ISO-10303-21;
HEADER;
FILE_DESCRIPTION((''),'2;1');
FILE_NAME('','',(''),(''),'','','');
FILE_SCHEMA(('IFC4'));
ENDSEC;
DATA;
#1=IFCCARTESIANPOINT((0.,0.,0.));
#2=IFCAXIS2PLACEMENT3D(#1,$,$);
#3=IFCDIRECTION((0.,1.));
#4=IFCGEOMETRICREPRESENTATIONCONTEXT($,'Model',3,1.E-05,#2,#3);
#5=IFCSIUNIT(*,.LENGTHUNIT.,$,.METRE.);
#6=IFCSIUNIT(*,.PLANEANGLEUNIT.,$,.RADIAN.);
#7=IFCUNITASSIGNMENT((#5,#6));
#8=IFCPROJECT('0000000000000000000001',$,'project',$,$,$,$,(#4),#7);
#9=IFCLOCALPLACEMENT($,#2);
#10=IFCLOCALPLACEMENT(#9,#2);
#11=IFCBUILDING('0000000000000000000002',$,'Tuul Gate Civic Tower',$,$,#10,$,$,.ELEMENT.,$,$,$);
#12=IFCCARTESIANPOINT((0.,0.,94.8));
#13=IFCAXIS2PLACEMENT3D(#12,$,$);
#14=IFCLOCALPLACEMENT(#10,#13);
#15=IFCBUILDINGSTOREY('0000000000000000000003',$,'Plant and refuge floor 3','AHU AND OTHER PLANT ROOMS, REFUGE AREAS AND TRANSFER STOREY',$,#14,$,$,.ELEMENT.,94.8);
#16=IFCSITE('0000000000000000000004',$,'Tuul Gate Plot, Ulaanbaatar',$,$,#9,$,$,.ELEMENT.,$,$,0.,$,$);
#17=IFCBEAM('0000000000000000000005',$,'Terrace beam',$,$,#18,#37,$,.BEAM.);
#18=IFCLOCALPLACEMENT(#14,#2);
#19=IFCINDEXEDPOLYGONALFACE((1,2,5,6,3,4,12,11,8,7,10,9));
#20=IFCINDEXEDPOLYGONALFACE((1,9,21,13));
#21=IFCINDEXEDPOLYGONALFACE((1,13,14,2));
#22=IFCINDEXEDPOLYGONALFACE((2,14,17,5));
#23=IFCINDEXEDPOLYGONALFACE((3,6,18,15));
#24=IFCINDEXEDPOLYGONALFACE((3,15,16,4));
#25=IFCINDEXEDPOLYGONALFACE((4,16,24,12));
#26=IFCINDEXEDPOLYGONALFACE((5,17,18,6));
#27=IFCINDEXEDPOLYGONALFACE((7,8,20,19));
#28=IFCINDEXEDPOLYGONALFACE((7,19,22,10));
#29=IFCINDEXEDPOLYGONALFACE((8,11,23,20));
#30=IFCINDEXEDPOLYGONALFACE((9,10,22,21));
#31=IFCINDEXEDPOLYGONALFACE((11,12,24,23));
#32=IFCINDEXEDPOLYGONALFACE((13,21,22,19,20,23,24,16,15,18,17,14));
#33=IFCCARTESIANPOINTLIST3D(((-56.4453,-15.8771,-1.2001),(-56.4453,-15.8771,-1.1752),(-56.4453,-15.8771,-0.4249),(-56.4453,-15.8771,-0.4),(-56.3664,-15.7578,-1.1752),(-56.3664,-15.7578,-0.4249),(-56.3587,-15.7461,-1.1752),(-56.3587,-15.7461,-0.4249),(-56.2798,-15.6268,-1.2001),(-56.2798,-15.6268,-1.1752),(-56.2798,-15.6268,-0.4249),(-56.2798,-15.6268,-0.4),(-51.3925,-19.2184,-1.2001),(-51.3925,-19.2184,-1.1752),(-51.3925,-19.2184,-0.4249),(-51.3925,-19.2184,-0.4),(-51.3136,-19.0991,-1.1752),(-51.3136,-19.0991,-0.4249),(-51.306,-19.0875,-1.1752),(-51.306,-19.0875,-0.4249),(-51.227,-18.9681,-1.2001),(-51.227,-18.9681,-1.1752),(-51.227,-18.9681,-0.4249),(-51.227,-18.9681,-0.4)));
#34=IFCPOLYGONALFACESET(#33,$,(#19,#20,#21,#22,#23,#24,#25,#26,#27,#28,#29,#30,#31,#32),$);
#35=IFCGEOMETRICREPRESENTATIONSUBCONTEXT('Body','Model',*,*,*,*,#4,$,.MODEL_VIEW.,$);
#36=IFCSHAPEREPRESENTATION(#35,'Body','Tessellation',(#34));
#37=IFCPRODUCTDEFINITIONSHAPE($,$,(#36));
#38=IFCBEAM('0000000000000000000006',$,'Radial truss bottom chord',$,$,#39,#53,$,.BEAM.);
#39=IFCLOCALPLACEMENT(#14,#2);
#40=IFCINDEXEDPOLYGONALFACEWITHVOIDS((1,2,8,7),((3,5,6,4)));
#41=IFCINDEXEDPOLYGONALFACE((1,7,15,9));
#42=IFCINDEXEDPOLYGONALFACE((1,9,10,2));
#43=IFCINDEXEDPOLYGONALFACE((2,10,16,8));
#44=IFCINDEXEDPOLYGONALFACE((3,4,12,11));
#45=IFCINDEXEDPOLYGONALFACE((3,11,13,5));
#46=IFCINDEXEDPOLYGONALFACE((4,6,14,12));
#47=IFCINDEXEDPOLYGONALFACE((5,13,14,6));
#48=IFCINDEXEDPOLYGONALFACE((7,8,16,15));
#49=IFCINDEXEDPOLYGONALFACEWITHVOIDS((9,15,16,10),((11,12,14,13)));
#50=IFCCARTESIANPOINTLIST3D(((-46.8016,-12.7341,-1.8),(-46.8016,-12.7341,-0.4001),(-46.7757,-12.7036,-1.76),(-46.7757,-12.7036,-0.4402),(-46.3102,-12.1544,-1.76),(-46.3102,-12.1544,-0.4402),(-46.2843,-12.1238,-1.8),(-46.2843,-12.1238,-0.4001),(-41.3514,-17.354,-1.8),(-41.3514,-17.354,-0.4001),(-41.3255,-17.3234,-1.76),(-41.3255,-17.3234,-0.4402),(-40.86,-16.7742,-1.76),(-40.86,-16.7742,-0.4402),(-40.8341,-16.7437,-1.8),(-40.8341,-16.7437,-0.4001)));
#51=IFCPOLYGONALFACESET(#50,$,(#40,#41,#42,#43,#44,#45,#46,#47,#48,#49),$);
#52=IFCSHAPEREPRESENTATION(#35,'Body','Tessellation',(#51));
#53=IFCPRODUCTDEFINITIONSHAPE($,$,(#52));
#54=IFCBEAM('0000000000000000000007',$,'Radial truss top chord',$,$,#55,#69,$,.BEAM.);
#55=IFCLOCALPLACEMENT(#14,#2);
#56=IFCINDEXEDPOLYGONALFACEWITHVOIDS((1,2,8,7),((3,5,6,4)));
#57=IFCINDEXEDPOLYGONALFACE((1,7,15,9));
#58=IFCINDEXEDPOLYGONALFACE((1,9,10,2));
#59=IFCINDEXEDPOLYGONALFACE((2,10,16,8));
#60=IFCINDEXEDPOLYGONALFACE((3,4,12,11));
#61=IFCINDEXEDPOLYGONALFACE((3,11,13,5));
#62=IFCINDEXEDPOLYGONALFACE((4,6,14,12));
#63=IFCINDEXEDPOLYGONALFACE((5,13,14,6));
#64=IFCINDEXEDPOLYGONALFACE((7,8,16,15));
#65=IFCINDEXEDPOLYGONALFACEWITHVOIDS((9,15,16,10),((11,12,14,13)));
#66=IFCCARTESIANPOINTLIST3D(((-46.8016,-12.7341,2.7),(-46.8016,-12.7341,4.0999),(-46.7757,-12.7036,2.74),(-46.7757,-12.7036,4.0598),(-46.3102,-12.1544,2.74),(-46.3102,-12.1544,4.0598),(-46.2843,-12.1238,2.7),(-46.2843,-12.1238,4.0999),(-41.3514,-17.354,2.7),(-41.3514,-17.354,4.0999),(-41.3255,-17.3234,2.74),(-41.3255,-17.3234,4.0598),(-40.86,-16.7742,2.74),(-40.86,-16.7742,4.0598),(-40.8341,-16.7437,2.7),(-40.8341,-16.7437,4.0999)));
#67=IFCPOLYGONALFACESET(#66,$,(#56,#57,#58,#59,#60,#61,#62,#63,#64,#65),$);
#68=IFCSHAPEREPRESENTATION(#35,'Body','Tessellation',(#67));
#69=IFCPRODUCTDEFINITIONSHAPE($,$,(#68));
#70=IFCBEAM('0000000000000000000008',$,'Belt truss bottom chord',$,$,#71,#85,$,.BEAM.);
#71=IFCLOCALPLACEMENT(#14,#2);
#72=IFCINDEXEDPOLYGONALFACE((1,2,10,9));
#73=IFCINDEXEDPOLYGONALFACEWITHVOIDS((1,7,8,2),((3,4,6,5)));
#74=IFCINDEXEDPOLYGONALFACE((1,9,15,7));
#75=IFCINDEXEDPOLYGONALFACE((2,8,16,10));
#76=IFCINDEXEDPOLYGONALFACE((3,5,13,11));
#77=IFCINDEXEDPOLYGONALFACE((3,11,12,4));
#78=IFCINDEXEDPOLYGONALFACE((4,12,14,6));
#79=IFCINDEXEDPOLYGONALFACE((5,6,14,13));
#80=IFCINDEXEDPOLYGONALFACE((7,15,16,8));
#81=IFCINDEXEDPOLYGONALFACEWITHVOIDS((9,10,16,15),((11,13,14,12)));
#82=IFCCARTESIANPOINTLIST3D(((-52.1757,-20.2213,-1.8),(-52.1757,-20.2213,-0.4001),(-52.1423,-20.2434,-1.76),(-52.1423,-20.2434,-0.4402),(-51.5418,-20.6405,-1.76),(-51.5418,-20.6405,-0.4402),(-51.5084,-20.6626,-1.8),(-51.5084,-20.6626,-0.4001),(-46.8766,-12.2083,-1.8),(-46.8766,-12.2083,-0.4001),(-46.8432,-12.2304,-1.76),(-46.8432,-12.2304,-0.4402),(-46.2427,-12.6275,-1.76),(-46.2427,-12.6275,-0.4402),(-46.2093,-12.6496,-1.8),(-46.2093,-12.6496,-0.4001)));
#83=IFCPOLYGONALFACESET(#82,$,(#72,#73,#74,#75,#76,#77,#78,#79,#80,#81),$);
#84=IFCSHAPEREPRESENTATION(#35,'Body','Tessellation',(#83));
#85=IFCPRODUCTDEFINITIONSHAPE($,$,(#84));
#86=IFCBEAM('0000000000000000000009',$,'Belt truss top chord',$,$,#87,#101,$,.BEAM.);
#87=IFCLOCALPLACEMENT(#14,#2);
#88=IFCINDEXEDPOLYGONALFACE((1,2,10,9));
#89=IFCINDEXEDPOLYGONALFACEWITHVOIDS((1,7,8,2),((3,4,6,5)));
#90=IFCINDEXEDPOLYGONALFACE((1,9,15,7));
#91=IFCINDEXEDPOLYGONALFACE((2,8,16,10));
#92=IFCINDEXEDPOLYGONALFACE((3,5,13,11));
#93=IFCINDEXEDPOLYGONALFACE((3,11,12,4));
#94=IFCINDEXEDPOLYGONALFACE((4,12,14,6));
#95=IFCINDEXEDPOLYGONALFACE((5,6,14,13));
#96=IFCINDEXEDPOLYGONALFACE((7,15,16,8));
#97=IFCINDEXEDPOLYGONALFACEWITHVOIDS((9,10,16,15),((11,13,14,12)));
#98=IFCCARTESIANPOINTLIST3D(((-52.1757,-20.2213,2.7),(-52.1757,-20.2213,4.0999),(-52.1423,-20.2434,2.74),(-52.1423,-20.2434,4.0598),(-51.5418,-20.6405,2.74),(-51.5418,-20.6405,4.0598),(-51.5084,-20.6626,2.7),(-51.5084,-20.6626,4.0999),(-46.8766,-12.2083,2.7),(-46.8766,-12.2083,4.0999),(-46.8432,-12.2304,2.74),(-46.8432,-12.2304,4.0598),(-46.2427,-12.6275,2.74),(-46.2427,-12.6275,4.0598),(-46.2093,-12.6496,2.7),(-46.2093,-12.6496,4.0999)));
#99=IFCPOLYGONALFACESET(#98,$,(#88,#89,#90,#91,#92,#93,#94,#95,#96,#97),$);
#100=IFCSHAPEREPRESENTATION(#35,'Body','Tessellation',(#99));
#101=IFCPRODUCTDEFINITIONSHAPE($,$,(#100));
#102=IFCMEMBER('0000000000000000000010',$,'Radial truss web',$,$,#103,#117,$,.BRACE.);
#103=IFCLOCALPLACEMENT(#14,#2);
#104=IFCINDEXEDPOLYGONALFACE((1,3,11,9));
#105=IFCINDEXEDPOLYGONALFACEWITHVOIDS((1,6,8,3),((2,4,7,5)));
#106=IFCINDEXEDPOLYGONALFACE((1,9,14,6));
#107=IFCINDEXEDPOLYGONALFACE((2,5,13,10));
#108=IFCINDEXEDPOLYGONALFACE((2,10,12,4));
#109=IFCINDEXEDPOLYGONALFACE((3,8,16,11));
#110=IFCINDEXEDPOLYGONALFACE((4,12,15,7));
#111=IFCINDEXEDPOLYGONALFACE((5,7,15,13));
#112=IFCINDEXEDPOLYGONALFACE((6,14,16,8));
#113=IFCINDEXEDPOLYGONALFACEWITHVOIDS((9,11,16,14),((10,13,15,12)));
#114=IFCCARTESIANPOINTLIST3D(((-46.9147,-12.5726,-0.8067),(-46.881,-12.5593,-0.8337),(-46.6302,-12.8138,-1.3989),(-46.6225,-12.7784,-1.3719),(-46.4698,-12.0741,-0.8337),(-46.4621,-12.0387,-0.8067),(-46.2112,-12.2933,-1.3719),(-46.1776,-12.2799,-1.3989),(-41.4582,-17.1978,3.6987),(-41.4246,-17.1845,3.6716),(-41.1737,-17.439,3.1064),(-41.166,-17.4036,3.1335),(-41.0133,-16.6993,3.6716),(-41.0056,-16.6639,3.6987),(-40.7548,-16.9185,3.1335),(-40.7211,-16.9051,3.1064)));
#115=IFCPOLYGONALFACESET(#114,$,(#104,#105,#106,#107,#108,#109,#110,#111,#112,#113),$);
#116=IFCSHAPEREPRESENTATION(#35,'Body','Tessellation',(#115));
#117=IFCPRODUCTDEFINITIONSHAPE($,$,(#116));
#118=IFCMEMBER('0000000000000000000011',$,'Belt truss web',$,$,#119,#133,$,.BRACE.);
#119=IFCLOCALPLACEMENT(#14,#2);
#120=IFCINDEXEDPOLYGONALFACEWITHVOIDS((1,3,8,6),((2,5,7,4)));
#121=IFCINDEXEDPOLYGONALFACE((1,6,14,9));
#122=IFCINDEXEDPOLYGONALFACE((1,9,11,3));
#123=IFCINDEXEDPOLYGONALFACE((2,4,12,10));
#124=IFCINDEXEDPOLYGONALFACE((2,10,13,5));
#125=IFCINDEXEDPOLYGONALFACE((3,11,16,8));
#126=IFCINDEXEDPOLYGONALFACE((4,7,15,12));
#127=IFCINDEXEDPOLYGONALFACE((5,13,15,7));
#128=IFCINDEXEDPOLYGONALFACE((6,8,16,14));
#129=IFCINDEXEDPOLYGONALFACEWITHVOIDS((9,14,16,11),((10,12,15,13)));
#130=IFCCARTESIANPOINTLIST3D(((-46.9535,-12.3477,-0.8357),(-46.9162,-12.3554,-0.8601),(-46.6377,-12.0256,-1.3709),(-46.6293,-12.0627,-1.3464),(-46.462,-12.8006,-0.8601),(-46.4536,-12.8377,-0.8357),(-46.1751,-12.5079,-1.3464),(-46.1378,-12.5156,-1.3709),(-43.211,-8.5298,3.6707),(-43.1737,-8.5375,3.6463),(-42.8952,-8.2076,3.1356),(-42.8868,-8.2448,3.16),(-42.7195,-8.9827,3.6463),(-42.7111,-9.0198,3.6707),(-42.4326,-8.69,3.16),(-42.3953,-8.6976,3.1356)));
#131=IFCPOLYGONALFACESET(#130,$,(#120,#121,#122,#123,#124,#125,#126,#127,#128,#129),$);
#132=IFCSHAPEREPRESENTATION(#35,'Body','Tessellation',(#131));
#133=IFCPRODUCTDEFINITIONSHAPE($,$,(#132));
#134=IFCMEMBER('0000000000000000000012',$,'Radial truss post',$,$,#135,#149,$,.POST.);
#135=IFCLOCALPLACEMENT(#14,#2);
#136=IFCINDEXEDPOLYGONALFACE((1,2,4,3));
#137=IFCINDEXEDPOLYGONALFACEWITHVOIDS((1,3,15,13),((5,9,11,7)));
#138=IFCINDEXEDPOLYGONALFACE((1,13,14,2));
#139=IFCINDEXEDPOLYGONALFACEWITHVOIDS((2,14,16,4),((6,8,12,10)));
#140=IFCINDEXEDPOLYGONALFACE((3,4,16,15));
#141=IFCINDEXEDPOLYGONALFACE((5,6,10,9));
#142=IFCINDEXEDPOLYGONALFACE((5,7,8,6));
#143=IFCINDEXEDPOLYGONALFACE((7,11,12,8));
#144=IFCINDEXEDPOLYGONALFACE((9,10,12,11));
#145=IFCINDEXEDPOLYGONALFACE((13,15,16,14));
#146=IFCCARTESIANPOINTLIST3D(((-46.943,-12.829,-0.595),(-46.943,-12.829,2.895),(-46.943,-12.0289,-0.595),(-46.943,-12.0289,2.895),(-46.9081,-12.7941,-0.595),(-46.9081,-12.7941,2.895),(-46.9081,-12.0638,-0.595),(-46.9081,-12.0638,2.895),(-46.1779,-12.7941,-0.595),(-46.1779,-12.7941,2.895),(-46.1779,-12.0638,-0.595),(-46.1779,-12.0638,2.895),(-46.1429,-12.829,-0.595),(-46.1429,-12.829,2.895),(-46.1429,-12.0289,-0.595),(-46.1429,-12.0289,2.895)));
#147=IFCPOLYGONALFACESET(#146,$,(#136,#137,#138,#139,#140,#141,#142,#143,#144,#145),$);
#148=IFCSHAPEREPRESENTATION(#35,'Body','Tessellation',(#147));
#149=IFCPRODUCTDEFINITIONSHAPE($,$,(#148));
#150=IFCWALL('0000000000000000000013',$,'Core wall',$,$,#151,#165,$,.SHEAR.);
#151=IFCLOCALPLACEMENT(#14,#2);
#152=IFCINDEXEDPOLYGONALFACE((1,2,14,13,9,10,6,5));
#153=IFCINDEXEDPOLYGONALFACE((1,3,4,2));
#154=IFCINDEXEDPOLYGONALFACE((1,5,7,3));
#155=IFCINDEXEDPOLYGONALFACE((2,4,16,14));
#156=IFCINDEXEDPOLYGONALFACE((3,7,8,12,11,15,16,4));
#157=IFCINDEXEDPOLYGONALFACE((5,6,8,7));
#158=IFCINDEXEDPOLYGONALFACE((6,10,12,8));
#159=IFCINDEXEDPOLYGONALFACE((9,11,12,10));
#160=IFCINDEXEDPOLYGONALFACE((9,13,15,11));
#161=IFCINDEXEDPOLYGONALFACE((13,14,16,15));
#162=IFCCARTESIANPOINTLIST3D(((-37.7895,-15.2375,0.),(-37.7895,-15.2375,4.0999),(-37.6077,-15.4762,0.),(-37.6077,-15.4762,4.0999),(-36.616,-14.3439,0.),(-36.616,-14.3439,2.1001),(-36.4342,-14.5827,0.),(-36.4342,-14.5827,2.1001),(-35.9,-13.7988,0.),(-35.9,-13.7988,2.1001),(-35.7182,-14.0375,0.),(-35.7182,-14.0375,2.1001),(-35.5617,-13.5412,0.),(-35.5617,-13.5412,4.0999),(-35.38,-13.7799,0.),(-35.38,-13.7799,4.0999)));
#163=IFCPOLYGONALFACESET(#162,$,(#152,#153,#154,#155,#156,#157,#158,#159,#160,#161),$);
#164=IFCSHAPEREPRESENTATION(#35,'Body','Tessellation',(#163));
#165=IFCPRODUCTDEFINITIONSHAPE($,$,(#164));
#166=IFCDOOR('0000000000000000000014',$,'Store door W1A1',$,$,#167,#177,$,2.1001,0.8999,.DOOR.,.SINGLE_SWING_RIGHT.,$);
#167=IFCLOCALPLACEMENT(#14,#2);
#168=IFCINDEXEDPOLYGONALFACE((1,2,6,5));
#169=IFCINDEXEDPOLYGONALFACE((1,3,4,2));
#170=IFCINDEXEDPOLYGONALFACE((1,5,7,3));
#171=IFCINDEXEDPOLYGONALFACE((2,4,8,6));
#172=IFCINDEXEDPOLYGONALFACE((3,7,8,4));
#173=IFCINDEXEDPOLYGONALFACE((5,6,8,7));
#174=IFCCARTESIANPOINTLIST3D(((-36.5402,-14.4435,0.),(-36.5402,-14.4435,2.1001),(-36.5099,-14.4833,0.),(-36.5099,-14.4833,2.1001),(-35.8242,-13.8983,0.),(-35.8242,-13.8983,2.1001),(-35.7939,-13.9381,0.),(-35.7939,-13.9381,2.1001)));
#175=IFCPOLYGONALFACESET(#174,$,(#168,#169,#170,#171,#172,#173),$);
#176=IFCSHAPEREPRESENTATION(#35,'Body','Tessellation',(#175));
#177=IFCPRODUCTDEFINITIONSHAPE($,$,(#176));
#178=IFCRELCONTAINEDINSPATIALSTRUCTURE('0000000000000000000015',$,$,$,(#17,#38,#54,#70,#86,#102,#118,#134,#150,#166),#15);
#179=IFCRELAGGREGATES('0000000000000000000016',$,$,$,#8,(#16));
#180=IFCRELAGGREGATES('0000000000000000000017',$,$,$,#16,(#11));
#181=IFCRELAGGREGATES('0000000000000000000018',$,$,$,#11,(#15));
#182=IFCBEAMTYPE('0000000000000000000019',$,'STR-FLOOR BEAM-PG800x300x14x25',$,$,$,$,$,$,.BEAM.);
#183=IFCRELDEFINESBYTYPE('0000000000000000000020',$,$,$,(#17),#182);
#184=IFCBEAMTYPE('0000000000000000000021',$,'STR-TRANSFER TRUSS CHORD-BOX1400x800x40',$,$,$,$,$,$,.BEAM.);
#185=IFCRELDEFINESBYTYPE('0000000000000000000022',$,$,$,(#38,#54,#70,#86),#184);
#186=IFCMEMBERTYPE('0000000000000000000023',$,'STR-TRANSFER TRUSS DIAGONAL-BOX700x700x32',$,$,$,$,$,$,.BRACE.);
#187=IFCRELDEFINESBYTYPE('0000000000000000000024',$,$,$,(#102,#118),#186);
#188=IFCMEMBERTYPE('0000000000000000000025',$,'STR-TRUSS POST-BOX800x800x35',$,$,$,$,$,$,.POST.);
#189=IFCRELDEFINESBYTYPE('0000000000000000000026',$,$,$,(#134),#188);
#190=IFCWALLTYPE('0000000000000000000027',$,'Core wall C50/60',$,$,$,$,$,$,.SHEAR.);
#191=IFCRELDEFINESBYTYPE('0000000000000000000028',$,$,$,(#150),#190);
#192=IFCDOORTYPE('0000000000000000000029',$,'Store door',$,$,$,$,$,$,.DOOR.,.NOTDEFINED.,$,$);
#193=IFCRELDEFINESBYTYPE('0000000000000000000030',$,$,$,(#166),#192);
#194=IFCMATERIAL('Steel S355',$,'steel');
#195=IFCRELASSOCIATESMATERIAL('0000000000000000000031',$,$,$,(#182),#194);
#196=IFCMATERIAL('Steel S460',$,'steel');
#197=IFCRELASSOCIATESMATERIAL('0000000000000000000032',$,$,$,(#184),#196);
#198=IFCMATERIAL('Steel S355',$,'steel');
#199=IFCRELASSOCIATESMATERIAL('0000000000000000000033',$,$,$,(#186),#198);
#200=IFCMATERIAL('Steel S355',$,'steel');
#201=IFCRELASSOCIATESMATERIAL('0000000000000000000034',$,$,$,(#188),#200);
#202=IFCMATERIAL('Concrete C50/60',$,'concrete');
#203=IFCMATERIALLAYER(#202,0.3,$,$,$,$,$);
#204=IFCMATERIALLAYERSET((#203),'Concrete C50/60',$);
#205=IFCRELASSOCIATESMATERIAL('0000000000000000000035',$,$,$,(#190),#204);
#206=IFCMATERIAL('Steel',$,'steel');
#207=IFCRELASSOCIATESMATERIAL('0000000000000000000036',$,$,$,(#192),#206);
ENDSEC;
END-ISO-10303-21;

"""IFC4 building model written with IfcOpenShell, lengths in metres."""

from ifc_helpers import new_model, si_unit, direction, frame, frame_2d, origin, origin_2d, place, context, subcontext, project, spatial, rectangle, hollow_rectangle, i_section, extrude, material, layer, layer_set, material_profile, profile_set, type_object, element, fill, save


model = new_model("IFC4")

# Units and contexts
model_context = context("Model", 3, precision=1e-05, world=origin(), true_north=direction((0.0, 1.0)))
body_context = subcontext(model_context, "Body", "Model", "MODEL_VIEW")
ifc_project = project(units=[si_unit("LENGTHUNIT", "METRE"), si_unit("PLANEANGLEUNIT", "RADIAN")], contexts=[model_context])

# Site, building, storey
site_placement = place(None, origin())
site = spatial("IfcSite", under=ifc_project, at=site_placement, Name="Tuul Gate Plot, Ulaanbaatar", CompositionType="ELEMENT", RefElevation=0.0)
building_placement = place(site_placement, origin())
building = spatial("IfcBuilding", under=site, at=building_placement, Name="Tuul Gate Civic Tower", CompositionType="ELEMENT")
storey_placement = place(building_placement, frame((0.0, 0.0, 94.8)))
storey = spatial("IfcBuildingStorey", under=building, at=storey_placement, Name="Plant and refuge floor 3", Description="AHU AND OTHER PLANT ROOMS, REFUGE AREAS AND TRANSFER STOREY", CompositionType="ELEMENT", Elevation=94.8)

# Beams
ifc_material_1 = material(Name="Steel S355", Category="steel")
ifc_material_profile_1 = material_profile(ifc_material_1, i_section(OverallWidth=0.3, OverallDepth=0.8, WebThickness=0.0139, FlangeThickness=0.0249, at=origin_2d()), Name="PG800x300x14x25")
ifc_profile_set_1 = profile_set([ifc_material_profile_1], Name="Steel S355")
beam_type_1 = type_object("IfcBeamType", Name="STR-FLOOR BEAM-PG800x300x14x25", PredefinedType="BEAM", material=ifc_profile_set_1)
beam_placement = place(storey_placement, frame((-56.3625, -15.752, -0.8), z_axis=(0.834115, -0.55159, 0.0), x_axis=(0.55159, 0.834115, 0.0)))
element("IfcBeam", 1, at=beam_placement, inside=storey, type_object=beam_type_1, Name="Terrace beam", PredefinedType="BEAM", context=body_context, shape_type="SweptSolid", body=[
    extrude(i_section(OverallWidth=0.3, OverallDepth=0.8, WebThickness=0.0139, FlangeThickness=0.0249, at=origin_2d()), origin(), (0.0, 0.0, 1.0), 6.0576),
])
ifc_material_2 = material(Name="Steel S460", Category="steel")
ifc_material_profile_2 = material_profile(ifc_material_2, hollow_rectangle(XDim=0.8, YDim=1.3999, WallThickness=0.04, at=origin_2d()), Name="BOX1400x800x40")
ifc_profile_set_2 = profile_set([ifc_material_profile_2], Name="Steel S460")
beam_type_2 = type_object("IfcBeamType", Name="STR-TRANSFER TRUSS CHORD-BOX1400x800x40", PredefinedType="BEAM", material=ifc_profile_set_2)
for number, where, z_axis, x_axis, name in (
    (2, (-46.543, -12.429, -1.1001), (0.762822, -0.646608, 0.0), (0.646608, 0.762822, 0.0), "Radial truss bottom chord"),
    (3, (-46.543, -12.429, 3.3999), (0.762822, -0.646608, 0.0), (0.646608, 0.762822, 0.0), "Radial truss top chord"),
):
    element("IfcBeam", number, at=place(storey_placement, frame(where, z_axis=z_axis, x_axis=x_axis)), inside=storey, type_object=beam_type_2, Name=name, PredefinedType="BEAM", context=body_context, shape_type="SweptSolid", body=[
        extrude(hollow_rectangle(XDim=0.8, YDim=1.3999, WallThickness=0.04, at=origin_2d()), origin(), (0.0, 0.0, 1.0), 7.1448),
    ])
for number, where, z_axis, x_axis, name in (
    (4, (-46.543, -12.429, -1.1001), (-0.551606, -0.834105, 0.0), (0.834105, -0.551606, 0.0), "Belt truss bottom chord"),
    (5, (-46.543, -12.429, 3.3999), (-0.551606, -0.834105, 0.0), (0.834105, -0.551606, 0.0), "Belt truss top chord"),
):
    element("IfcBeam", number, at=place(storey_placement, frame(where, z_axis=z_axis, x_axis=x_axis)), inside=storey, type_object=beam_type_2, Name=name, PredefinedType="BEAM", context=body_context, shape_type="SweptSolid", body=[
        extrude(hollow_rectangle(XDim=0.8, YDim=1.3999, WallThickness=0.04, at=origin_2d()), origin(), (0.0, 0.0, 1.0), 9.6067),
    ])

# Members
ifc_material_3 = material(Name="Steel S355", Category="steel")
ifc_material_profile_3 = material_profile(ifc_material_3, hollow_rectangle(XDim=0.7, YDim=0.7, WallThickness=0.032, at=origin_2d()), Name="BOX700x700x32")
ifc_profile_set_3 = profile_set([ifc_material_profile_3], Name="Steel S355")
member_type_1 = type_object("IfcMemberType", Name="STR-TRANSFER TRUSS DIAGONAL-BOX700x700x32", PredefinedType="BRACE", material=ifc_profile_set_3)
member_1_placement = place(storey_placement, frame((-46.5461, -12.4263, -1.1028), z_axis=(0.645462, -0.547126, 0.532946), x_axis=(0.646608, 0.762823, 0.0)))
element("IfcMember", 6, at=member_1_placement, inside=storey, type_object=member_type_1, Name="Radial truss web", PredefinedType="BRACE", context=body_context, shape_type="SweptSolid", body=[
    extrude(hollow_rectangle(XDim=0.7, YDim=0.7, WallThickness=0.032, at=origin_2d()), origin(), (0.0, 0.0, 1.0), 8.4536),
])
member_2_placement = place(storey_placement, frame((-46.5457, -12.4316, -1.1033), z_axis=(0.535239, 0.546028, 0.644494), x_axis=(-0.714127, 0.700016, 0.0)))
element("IfcMember", 7, at=member_2_placement, inside=storey, type_object=member_type_1, Name="Belt truss web", PredefinedType="BRACE", context=body_context, shape_type="SweptSolid", body=[
    extrude(hollow_rectangle(XDim=0.7, YDim=0.7, WallThickness=0.032, at=origin_2d()), origin(), (0.0, 0.0, 1.0), 6.9922),
])
ifc_material_4 = material(Name="Steel S355", Category="steel")
ifc_material_profile_4 = material_profile(ifc_material_4, hollow_rectangle(XDim=0.8, YDim=0.8, WallThickness=0.0349, at=origin_2d()), Name="BOX800x800x35")
ifc_profile_set_4 = profile_set([ifc_material_profile_4], Name="Steel S355")
member_type_2 = type_object("IfcMemberType", Name="STR-TRUSS POST-BOX800x800x35", PredefinedType="POST", material=ifc_profile_set_4)
member_3_placement = place(storey_placement, frame((-46.543, -12.429, -0.595), z_axis=(0.0, 0.0, 1.0), x_axis=(1.0, 0.0, 0.0)))
element("IfcMember", 8, at=member_3_placement, inside=storey, type_object=member_type_2, Name="Radial truss post", PredefinedType="POST", context=body_context, shape_type="SweptSolid", body=[
    extrude(hollow_rectangle(XDim=0.8, YDim=0.8, WallThickness=0.0349, at=origin_2d()), origin(), (0.0, 0.0, 1.0), 3.49),
])

# Wall, opening, door
ifc_material_5 = material(Name="Concrete C50/60", Category="concrete")
ifc_layer_1 = layer(ifc_material_5, 0.3)
ifc_layer_set_1 = layer_set([ifc_layer_1], Name="Concrete C50/60")
wall_type_1 = type_object("IfcWallType", Name="Core wall C50/60", PredefinedType="SHEAR", material=ifc_layer_set_1)
wall_1_placement = place(storey_placement, frame((-35.4709, -13.6606, 0.0), z_axis=(0.0, 0.0, 1.0), x_axis=(-0.795616, -0.605802, 0.0)))
wall_1 = element("IfcWall", 9, at=wall_1_placement, inside=storey, type_object=wall_type_1, Name="Core wall", PredefinedType="SHEAR", context=body_context, shape_type="SweptSolid", body=[
    extrude(rectangle(XDim=2.8, YDim=0.3, at=frame_2d((1.3999, 0.0))), origin(), (0.0, 0.0, 1.0), 4.0999),
])
opening_1_placement = place(wall_1_placement, frame((0.425, 0.0, 0.0)))
opening_1 = element("IfcOpeningElement", 10, at=opening_1_placement, cuts=wall_1, PredefinedType="OPENING", context=body_context, shape_type="SweptSolid", body=[
    extrude(rectangle(XDim=0.8999, YDim=2.1001, at=frame_2d((0.45, 1.05))), frame((0.0, 0.1602, 0.0), z_axis=(0.0, -1.0, 0.0), x_axis=(1.0, 0.0, 0.0)), (0.0, 0.0, 1.0), 0.3201),
])
ifc_material_6 = material(Name="Steel", Category="steel")
door_type_1 = type_object("IfcDoorType", Name="Store door", OperationType="NOTDEFINED", PredefinedType="DOOR", material=ifc_material_6)
door_1_placement = place(opening_1_placement, frame((0.8999, 0.0, 0.0), z_axis=(0.0, 0.0, 1.0), x_axis=(-1.0, 0.0, 0.0)))
door_1 = element("IfcDoor", 11, at=door_1_placement, inside=storey, type_object=door_type_1, Name="Store door W1A1", OperationType="SINGLE_SWING_RIGHT", OverallHeight=2.1001, OverallWidth=0.8999, PredefinedType="DOOR", context=body_context, shape_type="SweptSolid", body=[
    extrude(rectangle(XDim=0.8999, YDim=2.1001, at=frame_2d((0.45, 1.05))), frame((0.0, 0.0249, 0.0), z_axis=(0.0, -1.0, 0.0), x_axis=(1.0, 0.0, 0.0)), (0.0, 0.0, 1.0), 0.05),
])
fill(opening_1, door_1)

save(model, "model.ifc")
